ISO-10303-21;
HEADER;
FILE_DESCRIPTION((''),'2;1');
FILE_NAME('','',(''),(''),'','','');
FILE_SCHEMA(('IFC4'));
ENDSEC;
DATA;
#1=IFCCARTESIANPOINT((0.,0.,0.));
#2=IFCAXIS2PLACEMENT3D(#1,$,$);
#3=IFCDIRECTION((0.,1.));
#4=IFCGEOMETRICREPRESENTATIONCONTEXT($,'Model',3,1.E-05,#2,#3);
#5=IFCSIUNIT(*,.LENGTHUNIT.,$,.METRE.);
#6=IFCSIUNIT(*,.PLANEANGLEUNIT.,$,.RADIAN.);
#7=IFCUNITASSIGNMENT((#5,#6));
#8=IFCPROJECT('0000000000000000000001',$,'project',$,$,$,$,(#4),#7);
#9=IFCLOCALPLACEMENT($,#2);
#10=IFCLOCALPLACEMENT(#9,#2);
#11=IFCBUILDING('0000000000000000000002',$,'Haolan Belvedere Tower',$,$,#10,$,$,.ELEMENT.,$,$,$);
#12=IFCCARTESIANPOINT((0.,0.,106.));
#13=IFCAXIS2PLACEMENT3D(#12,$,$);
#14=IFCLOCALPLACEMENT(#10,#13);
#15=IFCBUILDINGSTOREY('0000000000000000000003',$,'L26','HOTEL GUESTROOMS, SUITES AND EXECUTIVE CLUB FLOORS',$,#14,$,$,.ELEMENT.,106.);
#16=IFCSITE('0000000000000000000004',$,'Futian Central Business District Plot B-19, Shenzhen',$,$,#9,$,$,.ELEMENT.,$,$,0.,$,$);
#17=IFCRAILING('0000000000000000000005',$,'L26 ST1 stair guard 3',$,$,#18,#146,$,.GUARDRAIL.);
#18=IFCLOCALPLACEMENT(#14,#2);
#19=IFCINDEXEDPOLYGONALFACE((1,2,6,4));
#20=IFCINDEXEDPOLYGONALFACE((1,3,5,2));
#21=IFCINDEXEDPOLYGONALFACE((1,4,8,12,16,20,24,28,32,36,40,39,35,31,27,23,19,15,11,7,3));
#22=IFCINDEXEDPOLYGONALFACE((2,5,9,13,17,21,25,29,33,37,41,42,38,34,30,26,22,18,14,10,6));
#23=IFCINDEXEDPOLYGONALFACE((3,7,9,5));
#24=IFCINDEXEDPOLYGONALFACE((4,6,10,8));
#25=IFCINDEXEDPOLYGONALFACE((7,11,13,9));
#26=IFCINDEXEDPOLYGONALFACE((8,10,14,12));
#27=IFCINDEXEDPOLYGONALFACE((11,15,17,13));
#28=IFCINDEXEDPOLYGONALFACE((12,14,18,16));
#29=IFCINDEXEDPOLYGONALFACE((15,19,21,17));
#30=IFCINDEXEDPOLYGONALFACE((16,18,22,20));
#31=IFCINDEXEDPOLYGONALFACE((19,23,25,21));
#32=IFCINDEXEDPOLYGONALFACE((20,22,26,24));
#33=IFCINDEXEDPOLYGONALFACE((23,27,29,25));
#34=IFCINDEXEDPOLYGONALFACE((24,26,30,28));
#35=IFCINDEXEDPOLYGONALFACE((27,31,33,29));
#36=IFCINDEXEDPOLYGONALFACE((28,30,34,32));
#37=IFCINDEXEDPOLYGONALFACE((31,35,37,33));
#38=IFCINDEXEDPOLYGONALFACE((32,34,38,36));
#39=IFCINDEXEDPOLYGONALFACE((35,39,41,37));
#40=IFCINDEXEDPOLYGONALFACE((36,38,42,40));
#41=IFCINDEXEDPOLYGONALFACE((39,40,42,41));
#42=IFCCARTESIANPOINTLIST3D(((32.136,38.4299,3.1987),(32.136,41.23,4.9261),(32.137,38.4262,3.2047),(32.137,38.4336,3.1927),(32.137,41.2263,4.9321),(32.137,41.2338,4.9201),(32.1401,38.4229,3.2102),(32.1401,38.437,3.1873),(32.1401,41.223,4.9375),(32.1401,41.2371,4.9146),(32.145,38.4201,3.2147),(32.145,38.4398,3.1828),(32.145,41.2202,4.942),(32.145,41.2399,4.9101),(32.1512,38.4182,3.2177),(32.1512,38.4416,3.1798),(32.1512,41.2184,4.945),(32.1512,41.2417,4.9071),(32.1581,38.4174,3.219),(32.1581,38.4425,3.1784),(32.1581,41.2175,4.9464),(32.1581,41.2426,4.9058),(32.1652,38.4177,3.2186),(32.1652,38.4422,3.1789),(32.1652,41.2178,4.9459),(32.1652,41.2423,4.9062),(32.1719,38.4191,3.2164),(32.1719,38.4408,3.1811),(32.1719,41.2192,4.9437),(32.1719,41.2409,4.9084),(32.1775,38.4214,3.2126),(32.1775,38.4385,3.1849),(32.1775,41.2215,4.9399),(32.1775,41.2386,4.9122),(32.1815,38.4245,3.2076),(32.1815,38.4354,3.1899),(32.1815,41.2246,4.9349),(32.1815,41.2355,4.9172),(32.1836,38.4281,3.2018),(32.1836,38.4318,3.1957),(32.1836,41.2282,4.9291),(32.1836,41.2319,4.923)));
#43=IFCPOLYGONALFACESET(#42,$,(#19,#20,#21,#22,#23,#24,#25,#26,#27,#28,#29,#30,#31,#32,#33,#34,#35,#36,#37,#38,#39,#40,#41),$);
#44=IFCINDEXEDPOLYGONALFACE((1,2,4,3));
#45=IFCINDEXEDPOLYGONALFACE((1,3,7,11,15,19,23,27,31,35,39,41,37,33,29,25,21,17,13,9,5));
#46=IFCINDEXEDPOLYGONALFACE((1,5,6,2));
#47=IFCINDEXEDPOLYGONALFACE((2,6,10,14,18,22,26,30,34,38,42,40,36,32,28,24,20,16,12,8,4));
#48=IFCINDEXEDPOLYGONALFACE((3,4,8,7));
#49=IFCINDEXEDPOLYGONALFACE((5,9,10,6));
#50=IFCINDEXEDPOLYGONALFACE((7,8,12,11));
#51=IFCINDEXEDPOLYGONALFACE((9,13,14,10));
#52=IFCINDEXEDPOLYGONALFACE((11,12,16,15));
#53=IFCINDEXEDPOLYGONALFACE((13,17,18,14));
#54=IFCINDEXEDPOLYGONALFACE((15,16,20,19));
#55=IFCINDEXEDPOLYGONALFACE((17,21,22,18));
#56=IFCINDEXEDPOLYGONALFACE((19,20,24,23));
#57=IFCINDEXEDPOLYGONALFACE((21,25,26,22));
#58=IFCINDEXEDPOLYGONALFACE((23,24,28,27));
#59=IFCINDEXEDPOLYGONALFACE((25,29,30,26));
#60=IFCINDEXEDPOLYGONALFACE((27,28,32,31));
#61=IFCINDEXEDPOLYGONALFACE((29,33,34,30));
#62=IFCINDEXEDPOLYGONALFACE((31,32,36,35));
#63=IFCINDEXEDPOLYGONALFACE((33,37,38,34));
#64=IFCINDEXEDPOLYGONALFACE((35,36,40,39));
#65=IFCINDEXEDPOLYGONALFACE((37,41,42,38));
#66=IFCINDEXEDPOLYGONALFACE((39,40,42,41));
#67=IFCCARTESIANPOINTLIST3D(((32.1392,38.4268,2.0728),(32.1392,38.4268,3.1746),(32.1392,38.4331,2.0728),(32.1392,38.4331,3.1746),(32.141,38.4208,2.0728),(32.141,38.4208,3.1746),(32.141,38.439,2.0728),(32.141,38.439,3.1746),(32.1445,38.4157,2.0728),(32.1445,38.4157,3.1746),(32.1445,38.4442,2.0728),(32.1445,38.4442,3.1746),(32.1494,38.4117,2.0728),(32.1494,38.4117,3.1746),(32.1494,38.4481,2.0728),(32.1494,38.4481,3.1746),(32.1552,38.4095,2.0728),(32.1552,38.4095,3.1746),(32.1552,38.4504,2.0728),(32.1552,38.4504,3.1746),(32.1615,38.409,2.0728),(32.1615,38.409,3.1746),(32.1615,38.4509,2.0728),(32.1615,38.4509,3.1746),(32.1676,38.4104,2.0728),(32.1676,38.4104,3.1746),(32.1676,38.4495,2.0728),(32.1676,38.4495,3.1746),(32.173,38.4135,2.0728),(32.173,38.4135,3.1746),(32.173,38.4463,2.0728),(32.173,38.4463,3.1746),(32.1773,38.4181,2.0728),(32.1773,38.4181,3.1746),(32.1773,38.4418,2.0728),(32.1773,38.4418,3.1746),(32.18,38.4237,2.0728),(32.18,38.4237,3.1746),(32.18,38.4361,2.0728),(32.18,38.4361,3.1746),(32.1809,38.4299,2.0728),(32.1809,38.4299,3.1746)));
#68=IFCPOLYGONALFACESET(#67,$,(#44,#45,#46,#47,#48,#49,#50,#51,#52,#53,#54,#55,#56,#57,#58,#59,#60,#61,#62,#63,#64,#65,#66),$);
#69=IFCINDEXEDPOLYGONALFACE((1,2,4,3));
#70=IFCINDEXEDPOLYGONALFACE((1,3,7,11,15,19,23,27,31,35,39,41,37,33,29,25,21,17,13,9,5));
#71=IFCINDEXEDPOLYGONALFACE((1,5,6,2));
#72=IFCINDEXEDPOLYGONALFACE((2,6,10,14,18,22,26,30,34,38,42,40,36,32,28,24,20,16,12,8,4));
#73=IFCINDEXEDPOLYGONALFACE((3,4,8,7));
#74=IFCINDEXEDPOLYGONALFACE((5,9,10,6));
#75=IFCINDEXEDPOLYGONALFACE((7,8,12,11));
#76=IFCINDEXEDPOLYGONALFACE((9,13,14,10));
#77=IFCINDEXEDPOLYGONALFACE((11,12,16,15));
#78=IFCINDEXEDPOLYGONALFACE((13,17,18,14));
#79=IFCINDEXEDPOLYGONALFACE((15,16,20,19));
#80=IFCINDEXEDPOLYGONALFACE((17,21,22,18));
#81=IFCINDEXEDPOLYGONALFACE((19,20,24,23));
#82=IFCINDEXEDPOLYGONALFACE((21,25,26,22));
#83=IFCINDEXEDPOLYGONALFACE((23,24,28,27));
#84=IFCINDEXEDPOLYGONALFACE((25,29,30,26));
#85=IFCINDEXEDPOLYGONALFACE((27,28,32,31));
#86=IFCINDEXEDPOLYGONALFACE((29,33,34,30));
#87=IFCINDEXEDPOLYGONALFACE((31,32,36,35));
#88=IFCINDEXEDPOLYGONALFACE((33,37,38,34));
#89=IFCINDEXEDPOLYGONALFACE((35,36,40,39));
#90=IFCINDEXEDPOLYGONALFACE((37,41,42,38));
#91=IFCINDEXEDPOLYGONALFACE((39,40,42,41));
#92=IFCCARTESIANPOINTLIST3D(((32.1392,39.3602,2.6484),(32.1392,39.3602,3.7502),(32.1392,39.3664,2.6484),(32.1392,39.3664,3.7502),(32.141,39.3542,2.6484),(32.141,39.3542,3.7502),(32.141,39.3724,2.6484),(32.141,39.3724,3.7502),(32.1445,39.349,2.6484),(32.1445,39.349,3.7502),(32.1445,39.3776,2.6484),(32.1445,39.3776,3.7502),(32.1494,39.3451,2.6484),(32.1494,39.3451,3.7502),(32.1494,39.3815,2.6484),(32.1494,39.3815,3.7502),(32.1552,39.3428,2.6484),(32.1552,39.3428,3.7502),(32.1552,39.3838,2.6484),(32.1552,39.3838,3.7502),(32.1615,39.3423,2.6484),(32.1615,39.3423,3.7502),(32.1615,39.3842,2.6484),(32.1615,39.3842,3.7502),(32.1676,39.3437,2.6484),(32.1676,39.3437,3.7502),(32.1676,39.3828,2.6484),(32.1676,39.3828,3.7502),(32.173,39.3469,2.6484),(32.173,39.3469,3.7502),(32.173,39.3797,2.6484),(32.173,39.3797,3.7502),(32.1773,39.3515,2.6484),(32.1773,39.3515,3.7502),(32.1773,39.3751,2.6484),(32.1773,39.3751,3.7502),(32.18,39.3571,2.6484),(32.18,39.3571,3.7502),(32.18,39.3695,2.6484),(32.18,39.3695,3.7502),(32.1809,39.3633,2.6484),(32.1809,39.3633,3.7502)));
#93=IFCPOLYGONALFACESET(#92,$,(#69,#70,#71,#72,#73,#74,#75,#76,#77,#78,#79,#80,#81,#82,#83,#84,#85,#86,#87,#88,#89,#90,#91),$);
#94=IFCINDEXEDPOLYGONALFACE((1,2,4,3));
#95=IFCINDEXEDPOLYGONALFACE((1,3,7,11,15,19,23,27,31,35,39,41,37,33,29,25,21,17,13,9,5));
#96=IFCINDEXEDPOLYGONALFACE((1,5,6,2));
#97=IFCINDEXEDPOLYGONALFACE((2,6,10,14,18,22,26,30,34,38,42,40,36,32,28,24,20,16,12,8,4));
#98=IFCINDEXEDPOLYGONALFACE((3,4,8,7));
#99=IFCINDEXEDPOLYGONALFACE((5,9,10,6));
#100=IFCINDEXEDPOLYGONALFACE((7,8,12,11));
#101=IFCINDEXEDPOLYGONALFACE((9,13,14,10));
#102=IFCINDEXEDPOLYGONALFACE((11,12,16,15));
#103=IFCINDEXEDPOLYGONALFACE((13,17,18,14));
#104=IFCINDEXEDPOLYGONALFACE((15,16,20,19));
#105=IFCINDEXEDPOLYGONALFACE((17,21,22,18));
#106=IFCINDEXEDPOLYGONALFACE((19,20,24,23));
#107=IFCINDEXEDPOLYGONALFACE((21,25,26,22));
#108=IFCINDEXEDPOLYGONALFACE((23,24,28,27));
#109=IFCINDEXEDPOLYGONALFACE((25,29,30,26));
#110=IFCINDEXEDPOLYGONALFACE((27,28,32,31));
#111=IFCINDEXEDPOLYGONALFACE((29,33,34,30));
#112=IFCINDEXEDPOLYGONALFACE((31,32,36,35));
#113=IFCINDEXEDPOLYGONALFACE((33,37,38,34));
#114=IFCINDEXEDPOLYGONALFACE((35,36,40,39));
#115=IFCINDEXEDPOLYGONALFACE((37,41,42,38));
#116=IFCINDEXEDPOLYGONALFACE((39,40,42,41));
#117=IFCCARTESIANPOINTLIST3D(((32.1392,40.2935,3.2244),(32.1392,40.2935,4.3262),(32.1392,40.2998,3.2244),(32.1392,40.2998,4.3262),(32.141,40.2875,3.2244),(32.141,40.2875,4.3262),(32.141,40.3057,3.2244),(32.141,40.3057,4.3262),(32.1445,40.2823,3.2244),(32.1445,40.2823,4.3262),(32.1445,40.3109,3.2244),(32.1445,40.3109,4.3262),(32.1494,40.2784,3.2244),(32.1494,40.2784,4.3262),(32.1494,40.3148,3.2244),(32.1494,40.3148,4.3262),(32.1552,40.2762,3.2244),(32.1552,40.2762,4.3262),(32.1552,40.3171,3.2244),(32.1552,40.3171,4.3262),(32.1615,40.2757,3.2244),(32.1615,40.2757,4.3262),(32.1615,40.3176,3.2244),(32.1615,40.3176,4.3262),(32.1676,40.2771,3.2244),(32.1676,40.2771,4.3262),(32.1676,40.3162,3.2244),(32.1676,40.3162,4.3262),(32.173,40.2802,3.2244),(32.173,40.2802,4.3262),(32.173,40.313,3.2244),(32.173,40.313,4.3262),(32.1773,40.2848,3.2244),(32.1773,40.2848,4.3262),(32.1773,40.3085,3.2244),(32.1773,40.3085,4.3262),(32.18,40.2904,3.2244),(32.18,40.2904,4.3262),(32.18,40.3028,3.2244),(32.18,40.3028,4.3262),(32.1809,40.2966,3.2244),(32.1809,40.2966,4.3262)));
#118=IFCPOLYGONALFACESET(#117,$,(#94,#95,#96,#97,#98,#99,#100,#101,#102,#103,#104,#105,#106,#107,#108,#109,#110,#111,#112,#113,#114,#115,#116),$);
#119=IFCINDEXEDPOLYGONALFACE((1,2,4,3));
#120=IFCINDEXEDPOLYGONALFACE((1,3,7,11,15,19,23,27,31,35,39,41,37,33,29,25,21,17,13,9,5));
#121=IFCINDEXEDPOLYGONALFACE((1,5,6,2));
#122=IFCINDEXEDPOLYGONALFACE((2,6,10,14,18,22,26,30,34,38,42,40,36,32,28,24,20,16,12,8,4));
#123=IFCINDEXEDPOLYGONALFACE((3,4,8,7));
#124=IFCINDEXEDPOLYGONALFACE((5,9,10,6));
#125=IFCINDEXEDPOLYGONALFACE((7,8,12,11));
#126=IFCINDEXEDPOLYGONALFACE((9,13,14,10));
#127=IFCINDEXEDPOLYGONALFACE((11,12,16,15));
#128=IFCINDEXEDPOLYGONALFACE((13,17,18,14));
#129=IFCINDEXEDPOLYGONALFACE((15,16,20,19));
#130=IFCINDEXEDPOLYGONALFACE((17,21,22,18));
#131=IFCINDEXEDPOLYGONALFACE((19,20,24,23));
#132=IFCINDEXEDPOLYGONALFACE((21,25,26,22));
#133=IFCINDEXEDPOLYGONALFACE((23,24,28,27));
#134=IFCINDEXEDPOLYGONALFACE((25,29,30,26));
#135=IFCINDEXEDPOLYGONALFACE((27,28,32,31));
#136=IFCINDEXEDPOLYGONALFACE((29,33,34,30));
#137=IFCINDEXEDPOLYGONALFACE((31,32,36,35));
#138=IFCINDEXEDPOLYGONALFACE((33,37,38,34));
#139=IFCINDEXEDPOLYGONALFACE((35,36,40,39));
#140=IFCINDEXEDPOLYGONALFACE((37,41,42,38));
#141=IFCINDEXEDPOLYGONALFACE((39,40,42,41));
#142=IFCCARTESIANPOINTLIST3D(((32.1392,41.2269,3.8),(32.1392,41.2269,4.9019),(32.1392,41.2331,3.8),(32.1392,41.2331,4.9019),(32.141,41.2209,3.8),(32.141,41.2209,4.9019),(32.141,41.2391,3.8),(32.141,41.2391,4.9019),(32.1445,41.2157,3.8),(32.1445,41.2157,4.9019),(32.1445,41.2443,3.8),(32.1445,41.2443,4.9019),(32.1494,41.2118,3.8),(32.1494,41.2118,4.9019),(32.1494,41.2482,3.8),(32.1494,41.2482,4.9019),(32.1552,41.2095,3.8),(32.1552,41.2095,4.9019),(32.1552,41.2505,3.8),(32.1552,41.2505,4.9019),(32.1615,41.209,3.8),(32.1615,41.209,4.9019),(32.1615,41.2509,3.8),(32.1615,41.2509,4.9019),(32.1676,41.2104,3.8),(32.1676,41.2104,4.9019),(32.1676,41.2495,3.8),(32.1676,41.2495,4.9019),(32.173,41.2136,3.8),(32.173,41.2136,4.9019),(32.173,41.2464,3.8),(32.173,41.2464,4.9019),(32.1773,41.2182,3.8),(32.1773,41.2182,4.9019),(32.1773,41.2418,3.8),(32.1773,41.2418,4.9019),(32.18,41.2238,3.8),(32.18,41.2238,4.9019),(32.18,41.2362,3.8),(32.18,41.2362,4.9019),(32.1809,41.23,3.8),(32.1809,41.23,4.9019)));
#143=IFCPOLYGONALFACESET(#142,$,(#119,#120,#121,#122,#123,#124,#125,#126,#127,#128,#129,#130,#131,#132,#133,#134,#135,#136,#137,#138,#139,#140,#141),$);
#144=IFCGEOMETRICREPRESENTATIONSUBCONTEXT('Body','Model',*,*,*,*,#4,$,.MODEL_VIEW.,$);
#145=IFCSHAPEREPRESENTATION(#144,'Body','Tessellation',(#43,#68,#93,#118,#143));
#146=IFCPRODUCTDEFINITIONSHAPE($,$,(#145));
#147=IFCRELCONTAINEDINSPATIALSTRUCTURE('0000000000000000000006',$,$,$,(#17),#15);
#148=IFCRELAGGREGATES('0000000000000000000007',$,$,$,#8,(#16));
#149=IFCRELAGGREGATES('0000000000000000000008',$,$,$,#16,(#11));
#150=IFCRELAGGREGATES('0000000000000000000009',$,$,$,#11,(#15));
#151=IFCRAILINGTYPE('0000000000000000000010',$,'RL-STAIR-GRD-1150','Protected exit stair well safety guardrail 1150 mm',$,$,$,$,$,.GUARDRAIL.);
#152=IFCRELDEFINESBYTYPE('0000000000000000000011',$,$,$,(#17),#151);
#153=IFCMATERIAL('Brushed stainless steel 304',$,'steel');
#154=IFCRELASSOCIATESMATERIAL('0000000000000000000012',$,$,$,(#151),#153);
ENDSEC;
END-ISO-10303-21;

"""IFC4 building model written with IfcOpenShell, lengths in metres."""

from ifc_helpers import new_model, si_unit, direction, frame, origin, origin_2d, place, context, subcontext, project, spatial, circle, extrude, material, type_object, element, save


model = new_model("IFC4")

# Units and contexts
model_context = context("Model", 3, precision=1e-05, world=origin(), true_north=direction((0.0, 1.0)))
body_context = subcontext(model_context, "Body", "Model", "MODEL_VIEW")
ifc_project = project(units=[si_unit("LENGTHUNIT", "METRE"), si_unit("PLANEANGLEUNIT", "RADIAN")], contexts=[model_context])

# Site, building, storey
site_placement = place(None, origin())
site = spatial("IfcSite", under=ifc_project, at=site_placement, Name="Futian Central Business District Plot B-19, Shenzhen", CompositionType="ELEMENT", RefElevation=0.0)
building_placement = place(site_placement, origin())
building = spatial("IfcBuilding", under=site, at=building_placement, Name="Haolan Belvedere Tower", CompositionType="ELEMENT")
storey_placement = place(building_placement, frame((0.0, 0.0, 106.0)))
storey = spatial("IfcBuildingStorey", under=building, at=storey_placement, Name="L26", Description="HOTEL GUESTROOMS, SUITES AND EXECUTIVE CLUB FLOORS", CompositionType="ELEMENT", Elevation=106.0)

# Railing
ifc_material_1 = material(Name="Brushed stainless steel 304", Category="steel")
railing_type_1 = type_object("IfcRailingType", Name="RL-STAIR-GRD-1150", Description="Protected exit stair well safety guardrail 1150 mm", PredefinedType="GUARDRAIL", material=ifc_material_1)
railing_1_placement = place(storey_placement, frame((32.1599, 38.4299, 2.0728)))
element("IfcRailing", 1, at=railing_1_placement, inside=storey, type_object=railing_type_1, Name="L26 ST1 stair guard 3", PredefinedType="GUARDRAIL", context=body_context, shape_type="SweptSolid", body=[
    extrude(circle(Radius=0.0239, at=origin_2d()), frame((0.0, 0.0, 1.126), z_axis=(0.0, 0.85109, 0.52502), x_axis=(-1.0, 0.0, 0.0)), (0.0, 0.0, 1.0), 3.29),
    extrude(circle(Radius=0.021, at=origin_2d()), origin(), (0.0, 0.0, 1.0), 1.1018),
    extrude(circle(Radius=0.021, at=origin_2d()), frame((0.0, 0.9333, 0.5757)), (0.0, 0.0, 1.0), 1.1018),
    extrude(circle(Radius=0.021, at=origin_2d()), frame((0.0, 1.8667, 1.1516)), (0.0, 0.0, 1.0), 1.1018),
    extrude(circle(Radius=0.021, at=origin_2d()), frame((0.0, 2.8, 1.7273)), (0.0, 0.0, 1.0), 1.1018),
])

save(model, "model.ifc")
